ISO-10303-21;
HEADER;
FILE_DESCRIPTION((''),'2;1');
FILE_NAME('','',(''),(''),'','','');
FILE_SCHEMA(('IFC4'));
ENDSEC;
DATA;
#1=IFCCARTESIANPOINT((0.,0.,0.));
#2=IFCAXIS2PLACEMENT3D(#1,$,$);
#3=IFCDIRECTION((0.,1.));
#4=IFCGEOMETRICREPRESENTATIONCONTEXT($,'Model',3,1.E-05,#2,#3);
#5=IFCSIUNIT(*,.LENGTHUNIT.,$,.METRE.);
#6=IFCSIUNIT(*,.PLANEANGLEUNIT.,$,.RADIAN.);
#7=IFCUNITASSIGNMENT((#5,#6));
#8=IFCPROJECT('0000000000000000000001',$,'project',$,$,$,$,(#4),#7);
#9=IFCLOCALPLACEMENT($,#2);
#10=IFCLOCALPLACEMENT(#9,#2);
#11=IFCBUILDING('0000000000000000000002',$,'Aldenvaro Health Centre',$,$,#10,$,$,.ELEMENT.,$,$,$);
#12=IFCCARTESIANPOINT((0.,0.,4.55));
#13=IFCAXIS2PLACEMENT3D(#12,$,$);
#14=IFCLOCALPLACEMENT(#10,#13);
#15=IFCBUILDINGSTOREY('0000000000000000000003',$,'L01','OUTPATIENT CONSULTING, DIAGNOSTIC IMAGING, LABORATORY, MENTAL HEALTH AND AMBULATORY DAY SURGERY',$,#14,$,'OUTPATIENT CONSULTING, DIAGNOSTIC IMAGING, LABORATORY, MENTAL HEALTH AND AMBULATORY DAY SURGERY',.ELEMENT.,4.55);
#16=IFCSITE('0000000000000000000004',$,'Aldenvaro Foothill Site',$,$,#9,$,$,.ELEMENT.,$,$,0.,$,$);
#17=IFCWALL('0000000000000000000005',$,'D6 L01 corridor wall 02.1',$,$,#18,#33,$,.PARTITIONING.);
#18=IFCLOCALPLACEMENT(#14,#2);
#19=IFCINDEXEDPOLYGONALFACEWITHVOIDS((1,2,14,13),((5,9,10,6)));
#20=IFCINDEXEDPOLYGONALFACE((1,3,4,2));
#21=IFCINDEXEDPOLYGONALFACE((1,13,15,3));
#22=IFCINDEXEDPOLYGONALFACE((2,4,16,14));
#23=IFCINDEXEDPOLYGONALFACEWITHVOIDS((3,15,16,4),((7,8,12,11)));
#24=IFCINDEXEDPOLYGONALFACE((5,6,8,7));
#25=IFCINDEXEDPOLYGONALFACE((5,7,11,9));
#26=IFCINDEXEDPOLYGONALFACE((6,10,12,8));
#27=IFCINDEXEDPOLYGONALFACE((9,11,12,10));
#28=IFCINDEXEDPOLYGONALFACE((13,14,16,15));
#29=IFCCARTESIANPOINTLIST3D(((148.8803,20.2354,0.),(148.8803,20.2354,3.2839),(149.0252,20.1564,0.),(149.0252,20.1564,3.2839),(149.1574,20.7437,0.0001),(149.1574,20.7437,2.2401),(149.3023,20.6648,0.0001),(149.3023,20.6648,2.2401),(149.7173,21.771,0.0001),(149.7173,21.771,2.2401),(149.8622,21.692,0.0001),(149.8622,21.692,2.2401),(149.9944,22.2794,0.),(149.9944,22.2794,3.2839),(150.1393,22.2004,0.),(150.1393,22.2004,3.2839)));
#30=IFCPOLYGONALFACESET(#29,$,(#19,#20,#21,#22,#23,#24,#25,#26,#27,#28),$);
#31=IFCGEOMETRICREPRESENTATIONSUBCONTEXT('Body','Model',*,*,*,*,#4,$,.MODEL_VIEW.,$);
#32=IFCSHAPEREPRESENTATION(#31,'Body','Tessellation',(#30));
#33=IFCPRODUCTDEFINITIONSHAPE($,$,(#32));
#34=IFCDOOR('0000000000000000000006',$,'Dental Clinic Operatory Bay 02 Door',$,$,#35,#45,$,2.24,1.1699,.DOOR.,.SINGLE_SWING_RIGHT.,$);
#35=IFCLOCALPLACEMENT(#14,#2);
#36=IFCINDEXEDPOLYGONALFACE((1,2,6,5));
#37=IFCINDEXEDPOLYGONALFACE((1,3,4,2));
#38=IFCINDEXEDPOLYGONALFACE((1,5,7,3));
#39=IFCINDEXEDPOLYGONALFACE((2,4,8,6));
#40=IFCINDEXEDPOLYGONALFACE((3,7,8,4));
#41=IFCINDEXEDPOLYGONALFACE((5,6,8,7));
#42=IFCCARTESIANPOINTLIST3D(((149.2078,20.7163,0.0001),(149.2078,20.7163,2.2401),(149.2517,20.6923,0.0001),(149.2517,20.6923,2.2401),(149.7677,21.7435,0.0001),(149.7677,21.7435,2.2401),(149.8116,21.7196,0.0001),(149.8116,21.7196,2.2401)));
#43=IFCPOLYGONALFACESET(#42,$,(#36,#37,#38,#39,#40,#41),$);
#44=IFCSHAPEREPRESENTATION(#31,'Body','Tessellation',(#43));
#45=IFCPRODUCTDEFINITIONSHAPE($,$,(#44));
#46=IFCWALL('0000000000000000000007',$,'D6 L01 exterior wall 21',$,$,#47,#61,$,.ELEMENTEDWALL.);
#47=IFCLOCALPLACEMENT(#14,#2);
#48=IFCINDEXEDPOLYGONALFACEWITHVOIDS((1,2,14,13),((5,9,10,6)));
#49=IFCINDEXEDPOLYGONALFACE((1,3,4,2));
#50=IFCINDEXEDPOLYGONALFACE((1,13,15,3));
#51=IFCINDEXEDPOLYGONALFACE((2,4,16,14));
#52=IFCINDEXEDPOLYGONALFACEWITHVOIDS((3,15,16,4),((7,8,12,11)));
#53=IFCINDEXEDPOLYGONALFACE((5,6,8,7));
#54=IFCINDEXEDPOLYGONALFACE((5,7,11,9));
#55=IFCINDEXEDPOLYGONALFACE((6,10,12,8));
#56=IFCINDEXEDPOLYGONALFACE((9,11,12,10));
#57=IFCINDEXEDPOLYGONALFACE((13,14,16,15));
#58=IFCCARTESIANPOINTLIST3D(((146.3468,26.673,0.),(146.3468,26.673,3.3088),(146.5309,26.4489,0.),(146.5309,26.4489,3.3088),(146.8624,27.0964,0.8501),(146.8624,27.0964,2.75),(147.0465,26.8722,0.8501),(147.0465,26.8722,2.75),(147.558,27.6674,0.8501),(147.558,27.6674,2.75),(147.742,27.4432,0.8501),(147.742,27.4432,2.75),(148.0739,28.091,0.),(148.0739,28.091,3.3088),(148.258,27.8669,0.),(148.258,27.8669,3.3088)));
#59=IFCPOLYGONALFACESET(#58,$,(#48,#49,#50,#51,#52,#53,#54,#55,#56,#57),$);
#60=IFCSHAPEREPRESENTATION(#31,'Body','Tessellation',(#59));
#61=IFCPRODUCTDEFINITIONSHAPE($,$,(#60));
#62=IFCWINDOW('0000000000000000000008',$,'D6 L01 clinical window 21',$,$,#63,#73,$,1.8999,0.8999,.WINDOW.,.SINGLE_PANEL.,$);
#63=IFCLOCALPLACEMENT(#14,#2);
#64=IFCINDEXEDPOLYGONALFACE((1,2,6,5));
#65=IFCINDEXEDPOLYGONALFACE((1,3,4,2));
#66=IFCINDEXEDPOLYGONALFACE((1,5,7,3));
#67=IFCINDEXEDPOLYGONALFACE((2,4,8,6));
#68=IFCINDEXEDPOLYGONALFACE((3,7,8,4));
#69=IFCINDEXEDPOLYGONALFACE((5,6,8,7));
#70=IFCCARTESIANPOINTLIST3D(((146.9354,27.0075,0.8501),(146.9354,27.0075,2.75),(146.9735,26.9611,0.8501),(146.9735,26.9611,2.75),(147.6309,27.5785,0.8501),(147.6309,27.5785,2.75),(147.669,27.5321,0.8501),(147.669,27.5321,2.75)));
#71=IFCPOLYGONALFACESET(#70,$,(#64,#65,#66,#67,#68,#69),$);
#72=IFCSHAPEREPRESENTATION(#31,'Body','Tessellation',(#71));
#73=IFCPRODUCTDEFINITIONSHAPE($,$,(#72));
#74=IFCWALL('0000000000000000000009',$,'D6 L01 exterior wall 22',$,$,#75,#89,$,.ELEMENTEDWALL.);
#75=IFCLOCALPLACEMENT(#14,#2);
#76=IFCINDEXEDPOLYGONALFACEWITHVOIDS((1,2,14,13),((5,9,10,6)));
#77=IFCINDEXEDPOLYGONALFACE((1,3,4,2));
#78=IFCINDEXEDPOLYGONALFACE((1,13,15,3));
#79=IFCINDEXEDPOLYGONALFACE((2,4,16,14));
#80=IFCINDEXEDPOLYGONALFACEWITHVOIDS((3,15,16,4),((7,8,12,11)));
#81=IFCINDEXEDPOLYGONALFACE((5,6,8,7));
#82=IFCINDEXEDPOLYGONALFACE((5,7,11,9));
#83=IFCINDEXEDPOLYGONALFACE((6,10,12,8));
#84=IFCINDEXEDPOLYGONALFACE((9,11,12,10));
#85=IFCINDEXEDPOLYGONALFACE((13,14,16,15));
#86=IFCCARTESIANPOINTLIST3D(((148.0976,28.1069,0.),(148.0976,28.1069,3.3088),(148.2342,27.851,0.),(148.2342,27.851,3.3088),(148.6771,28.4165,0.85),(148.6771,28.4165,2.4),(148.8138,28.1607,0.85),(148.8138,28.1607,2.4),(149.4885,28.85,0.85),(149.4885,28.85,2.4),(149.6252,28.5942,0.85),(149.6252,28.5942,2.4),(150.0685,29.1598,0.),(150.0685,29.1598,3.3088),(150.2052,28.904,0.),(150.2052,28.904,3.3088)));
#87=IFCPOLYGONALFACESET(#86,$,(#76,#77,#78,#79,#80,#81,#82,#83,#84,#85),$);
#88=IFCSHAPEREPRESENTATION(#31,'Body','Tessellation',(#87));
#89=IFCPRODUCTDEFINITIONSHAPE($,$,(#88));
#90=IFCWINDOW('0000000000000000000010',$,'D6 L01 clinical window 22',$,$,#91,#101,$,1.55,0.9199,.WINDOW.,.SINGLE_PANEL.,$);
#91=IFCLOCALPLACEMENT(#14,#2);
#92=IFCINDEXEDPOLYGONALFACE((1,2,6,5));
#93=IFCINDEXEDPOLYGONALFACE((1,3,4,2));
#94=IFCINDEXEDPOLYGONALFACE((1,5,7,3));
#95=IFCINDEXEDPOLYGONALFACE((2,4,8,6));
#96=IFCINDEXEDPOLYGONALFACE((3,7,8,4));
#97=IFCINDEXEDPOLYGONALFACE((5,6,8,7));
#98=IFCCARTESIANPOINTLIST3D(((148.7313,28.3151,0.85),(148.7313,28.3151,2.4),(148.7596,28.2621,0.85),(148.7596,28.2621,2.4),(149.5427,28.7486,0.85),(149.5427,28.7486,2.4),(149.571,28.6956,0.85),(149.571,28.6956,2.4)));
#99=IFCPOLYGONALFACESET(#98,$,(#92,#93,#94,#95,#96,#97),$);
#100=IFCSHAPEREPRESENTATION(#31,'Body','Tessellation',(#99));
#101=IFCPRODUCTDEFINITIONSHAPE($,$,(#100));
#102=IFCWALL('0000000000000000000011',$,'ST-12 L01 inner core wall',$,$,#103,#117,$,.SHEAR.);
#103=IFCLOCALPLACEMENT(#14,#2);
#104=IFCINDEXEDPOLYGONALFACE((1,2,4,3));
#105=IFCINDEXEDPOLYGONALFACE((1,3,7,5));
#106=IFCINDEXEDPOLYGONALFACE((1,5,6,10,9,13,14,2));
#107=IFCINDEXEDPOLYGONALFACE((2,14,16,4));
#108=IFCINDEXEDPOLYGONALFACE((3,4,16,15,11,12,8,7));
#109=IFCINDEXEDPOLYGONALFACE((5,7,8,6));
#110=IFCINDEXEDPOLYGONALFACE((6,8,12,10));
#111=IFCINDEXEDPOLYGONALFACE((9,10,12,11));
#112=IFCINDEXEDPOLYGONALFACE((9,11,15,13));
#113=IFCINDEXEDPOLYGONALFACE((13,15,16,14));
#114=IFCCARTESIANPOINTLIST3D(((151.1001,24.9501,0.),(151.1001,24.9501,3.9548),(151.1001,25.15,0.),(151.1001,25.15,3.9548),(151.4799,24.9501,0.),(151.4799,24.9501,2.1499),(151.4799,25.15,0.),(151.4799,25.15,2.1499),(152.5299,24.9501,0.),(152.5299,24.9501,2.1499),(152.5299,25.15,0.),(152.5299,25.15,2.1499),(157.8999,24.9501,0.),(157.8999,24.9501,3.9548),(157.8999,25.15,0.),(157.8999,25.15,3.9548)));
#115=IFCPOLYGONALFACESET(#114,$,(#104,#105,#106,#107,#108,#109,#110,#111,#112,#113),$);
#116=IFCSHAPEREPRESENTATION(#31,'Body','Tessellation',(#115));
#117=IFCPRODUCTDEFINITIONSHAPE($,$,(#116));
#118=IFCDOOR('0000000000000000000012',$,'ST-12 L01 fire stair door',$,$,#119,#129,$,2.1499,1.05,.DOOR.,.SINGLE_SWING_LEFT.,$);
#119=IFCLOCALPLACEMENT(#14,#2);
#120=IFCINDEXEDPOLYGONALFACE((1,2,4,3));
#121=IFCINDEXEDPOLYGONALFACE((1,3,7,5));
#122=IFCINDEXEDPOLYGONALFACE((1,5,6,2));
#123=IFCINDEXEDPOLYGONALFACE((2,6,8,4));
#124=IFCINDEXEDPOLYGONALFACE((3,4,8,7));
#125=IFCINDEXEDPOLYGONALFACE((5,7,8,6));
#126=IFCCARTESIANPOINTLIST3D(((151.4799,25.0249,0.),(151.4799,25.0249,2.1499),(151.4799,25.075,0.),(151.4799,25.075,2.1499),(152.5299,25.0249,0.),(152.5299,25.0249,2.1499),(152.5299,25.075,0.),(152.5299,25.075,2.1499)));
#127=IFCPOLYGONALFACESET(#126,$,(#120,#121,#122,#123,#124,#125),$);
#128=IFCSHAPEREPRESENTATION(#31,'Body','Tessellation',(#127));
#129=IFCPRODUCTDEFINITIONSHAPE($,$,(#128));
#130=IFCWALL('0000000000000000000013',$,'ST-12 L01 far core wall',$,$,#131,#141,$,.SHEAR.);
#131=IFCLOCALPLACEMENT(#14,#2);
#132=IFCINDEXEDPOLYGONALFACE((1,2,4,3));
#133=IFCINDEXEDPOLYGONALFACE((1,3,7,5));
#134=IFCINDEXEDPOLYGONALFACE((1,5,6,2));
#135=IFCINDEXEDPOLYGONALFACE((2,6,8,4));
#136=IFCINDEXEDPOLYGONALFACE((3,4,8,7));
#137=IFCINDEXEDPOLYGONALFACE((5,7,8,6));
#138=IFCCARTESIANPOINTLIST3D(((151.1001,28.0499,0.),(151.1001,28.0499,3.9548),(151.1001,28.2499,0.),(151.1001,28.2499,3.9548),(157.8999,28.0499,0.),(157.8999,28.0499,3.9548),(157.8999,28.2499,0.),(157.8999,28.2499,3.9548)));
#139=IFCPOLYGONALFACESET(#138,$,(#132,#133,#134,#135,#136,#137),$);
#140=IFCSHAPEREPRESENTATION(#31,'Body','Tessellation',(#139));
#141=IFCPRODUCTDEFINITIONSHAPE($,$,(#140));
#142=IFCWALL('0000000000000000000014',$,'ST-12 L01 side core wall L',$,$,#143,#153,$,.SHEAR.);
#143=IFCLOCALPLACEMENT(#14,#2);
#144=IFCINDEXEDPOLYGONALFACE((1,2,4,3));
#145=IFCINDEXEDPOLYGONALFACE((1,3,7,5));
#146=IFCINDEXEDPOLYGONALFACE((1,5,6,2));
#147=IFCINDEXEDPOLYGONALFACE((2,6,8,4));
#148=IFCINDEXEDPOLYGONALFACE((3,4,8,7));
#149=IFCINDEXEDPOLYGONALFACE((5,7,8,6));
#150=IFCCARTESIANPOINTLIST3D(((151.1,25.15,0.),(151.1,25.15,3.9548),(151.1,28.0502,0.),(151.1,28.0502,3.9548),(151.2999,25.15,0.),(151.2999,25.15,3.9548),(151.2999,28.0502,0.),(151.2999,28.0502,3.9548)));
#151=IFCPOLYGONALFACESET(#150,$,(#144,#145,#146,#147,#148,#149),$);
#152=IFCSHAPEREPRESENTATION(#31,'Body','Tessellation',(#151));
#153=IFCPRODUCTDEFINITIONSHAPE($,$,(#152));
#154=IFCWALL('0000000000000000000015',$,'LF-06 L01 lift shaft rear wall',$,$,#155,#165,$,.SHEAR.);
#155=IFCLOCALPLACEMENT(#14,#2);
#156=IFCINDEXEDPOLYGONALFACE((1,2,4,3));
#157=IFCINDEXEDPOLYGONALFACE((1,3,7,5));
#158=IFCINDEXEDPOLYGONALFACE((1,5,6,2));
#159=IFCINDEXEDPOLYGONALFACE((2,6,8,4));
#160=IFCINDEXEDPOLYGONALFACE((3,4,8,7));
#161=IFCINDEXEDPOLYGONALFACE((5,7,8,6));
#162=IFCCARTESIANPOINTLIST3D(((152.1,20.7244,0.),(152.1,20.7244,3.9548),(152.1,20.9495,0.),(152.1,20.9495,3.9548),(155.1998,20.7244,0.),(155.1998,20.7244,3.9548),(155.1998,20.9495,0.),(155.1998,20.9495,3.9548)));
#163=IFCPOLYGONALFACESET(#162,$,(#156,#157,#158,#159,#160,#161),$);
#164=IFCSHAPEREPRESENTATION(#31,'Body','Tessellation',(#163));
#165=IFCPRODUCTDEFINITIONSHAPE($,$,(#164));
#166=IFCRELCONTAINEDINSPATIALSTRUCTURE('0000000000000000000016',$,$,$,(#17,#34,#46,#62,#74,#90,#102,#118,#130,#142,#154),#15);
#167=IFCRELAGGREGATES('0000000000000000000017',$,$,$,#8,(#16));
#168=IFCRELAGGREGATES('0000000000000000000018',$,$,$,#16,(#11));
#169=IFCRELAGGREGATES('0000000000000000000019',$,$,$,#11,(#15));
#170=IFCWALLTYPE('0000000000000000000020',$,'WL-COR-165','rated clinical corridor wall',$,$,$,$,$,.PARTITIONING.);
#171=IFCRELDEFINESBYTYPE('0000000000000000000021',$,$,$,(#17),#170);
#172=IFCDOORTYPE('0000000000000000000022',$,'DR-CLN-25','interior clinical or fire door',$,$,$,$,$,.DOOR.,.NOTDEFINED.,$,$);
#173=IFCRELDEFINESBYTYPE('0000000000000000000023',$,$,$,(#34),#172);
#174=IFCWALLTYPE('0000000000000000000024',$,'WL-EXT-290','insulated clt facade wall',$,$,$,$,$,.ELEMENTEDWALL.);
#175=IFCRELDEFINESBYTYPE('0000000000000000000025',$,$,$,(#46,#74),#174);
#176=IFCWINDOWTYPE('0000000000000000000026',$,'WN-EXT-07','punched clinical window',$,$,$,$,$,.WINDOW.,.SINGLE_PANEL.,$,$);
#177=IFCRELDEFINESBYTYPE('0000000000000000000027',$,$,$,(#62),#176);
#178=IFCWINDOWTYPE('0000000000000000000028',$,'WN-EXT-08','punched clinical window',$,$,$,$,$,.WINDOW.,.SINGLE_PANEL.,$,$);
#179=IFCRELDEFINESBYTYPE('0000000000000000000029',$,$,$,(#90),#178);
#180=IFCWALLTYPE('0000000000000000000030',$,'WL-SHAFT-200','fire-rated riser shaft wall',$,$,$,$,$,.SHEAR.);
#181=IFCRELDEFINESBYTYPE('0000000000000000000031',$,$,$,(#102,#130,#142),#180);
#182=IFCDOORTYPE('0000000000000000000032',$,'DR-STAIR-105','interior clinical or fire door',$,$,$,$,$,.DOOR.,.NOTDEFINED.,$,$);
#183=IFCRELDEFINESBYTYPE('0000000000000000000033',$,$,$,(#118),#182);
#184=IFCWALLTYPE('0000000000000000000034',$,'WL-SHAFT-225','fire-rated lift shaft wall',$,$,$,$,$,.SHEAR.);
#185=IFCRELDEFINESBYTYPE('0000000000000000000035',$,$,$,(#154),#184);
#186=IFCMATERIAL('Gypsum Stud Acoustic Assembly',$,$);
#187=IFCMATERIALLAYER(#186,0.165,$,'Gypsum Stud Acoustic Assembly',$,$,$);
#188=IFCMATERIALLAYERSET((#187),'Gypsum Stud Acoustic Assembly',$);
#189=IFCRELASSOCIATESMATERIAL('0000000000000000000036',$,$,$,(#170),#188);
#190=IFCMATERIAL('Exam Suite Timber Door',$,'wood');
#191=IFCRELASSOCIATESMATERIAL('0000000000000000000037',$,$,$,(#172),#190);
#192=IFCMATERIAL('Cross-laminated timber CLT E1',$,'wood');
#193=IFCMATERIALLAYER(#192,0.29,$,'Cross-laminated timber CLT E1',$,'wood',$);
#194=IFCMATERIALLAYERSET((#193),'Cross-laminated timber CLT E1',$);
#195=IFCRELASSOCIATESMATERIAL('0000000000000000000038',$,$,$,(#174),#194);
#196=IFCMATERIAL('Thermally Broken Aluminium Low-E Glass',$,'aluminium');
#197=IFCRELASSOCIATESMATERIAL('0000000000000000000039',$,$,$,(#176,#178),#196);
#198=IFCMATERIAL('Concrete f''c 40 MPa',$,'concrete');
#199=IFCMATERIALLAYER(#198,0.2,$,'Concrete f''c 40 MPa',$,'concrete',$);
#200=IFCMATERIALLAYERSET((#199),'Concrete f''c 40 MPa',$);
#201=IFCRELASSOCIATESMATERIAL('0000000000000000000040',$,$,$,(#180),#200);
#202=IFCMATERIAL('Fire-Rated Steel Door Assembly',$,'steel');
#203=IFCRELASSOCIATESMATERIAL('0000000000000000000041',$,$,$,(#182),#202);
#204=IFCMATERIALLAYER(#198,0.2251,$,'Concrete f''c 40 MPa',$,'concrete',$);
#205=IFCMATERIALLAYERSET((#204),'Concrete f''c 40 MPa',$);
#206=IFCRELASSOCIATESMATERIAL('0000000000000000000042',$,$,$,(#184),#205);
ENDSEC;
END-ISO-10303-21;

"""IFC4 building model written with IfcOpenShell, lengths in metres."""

from ifc_helpers import new_model, si_unit, direction, frame, frame_2d, origin, place, context, subcontext, project, spatial, rectangle, extrude, material, layer, layer_set, type_object, element, fill, save


model = new_model("IFC4")

# Units and contexts
model_context = context("Model", 3, precision=1e-05, world=origin(), true_north=direction((0.0, 1.0)))
body_context = subcontext(model_context, "Body", "Model", "MODEL_VIEW")
ifc_project = project(units=[si_unit("LENGTHUNIT", "METRE"), si_unit("PLANEANGLEUNIT", "RADIAN")], contexts=[model_context])

# Site, building, storey
site_placement = place(None, origin())
site = spatial("IfcSite", under=ifc_project, at=site_placement, Name="Aldenvaro Foothill Site", CompositionType="ELEMENT", RefElevation=0.0)
building_placement = place(site_placement, origin())
building = spatial("IfcBuilding", under=site, at=building_placement, Name="Aldenvaro Health Centre", CompositionType="ELEMENT")
storey_placement = place(building_placement, frame((0.0, 0.0, 4.55)))
storey = spatial("IfcBuildingStorey", under=building, at=storey_placement, Name="L01", Description="OUTPATIENT CONSULTING, DIAGNOSTIC IMAGING, LABORATORY, MENTAL HEALTH AND AMBULATORY DAY SURGERY", LongName="OUTPATIENT CONSULTING, DIAGNOSTIC IMAGING, LABORATORY, MENTAL HEALTH AND AMBULATORY DAY SURGERY", CompositionType="ELEMENT", Elevation=4.55)

# Shared definitions
ifc_material_1 = material(Name="Gypsum Stud Acoustic Assembly")

# Wall, opening, door
ifc_layer_1 = layer(ifc_material_1, 0.165, Name="Gypsum Stud Acoustic Assembly")
ifc_layer_set_1 = layer_set([ifc_layer_1], Name="Gypsum Stud Acoustic Assembly")
wall_type_1 = type_object("IfcWallType", Name="WL-COR-165", Description="rated clinical corridor wall", PredefinedType="PARTITIONING", material=ifc_layer_set_1)
wall_1_placement = place(storey_placement, frame((150.0669, 22.24, 0.0), z_axis=(0.0, 0.0, 1.0), x_axis=(-0.478566, -0.878052, 0.0)))
wall_1 = element("IfcWall", 1, at=wall_1_placement, inside=storey, type_object=wall_type_1, Name="D6 L01 corridor wall 02.1", PredefinedType="PARTITIONING", context=body_context, shape_type="SweptSolid", body=[
    extrude(rectangle(XDim=2.3279, YDim=0.165, at=frame_2d((1.1641, 0.0))), origin(), (0.0, 0.0, 1.0), 3.2839),
])
opening_1_placement = place(wall_1_placement, frame((0.5791, 0.0, 0.0)))
opening_1 = element("IfcOpeningElement", 2, at=opening_1_placement, cuts=wall_1, PredefinedType="OPENING", context=body_context, shape_type="SweptSolid", body=[
    extrude(rectangle(XDim=1.1699, YDim=2.24, at=frame_2d((0.585, 1.1201))), frame((0.0, 0.0925, 0.0), z_axis=(0.0, -1.0, 0.0), x_axis=(1.0, 0.0, 0.0)), (0.0, 0.0, 1.0), 0.1851),
])
ifc_material_2 = material(Name="Exam Suite Timber Door", Category="wood")
door_type_1 = type_object("IfcDoorType", Name="DR-CLN-25", Description="interior clinical or fire door", OperationType="NOTDEFINED", PredefinedType="DOOR", material=ifc_material_2)
door_1_placement = place(opening_1_placement, origin())
door_1 = element("IfcDoor", 3, at=door_1_placement, inside=storey, type_object=door_type_1, Name="Dental Clinic Operatory Bay 02 Door", OperationType="SINGLE_SWING_RIGHT", OverallHeight=2.24, OverallWidth=1.1699, PredefinedType="DOOR", context=body_context, shape_type="SweptSolid", body=[
    extrude(rectangle(XDim=1.1699, YDim=2.24, at=frame_2d((0.585, 1.1201))), frame((0.0, 0.0249, 0.0), z_axis=(0.0, -1.0, 0.0), x_axis=(1.0, 0.0, 0.0)), (0.0, 0.0, 1.0), 0.05),
])
fill(opening_1, door_1)

# Walls, openings, windows
ifc_material_3 = material(Name="Cross-laminated timber CLT E1", Category="wood")
ifc_layer_2 = layer(ifc_material_3, 0.29, Name="Cross-laminated timber CLT E1", Category="wood")
ifc_layer_set_2 = layer_set([ifc_layer_2], Name="Cross-laminated timber CLT E1")
wall_type_2 = type_object("IfcWallType", Name="WL-EXT-290", Description="insulated clt facade wall", PredefinedType="ELEMENTEDWALL", material=ifc_layer_set_2)
wall_2_placement = place(storey_placement, frame((146.439, 26.561, 0.0), z_axis=(0.0, 0.0, 1.0), x_axis=(0.772876, 0.634558, 0.0)))
wall_2 = element("IfcWall", 4, at=wall_2_placement, inside=storey, type_object=wall_type_2, Name="D6 L01 exterior wall 21", PredefinedType="ELEMENTEDWALL", context=body_context, shape_type="SweptSolid", body=[
    extrude(rectangle(XDim=2.2346, YDim=0.29, at=frame_2d((1.1172, 0.0))), origin(), (0.0, 0.0, 1.0), 3.3088),
])
opening_2_placement = place(wall_2_placement, frame((0.667, 0.0, 0.8501)))
opening_2 = element("IfcOpeningElement", 5, at=opening_2_placement, cuts=wall_2, PredefinedType="OPENING", context=body_context, shape_type="SweptSolid", body=[
    extrude(rectangle(XDim=0.8999, YDim=1.8999, at=frame_2d((0.45, 0.95))), frame((0.0, 0.155, 0.0), z_axis=(0.0, -1.0, 0.0), x_axis=(1.0, 0.0, 0.0)), (0.0, 0.0, 1.0), 0.3101),
])
ifc_material_4 = material(Name="Thermally Broken Aluminium Low-E Glass", Category="aluminium")
window_type_1 = type_object("IfcWindowType", Name="WN-EXT-07", Description="punched clinical window", PartitioningType="SINGLE_PANEL", PredefinedType="WINDOW", material=ifc_material_4)
window_1_placement = place(opening_2_placement, origin())
window_1 = element("IfcWindow", 6, at=window_1_placement, inside=storey, type_object=window_type_1, Name="D6 L01 clinical window 21", OverallHeight=1.8999, OverallWidth=0.8999, PartitioningType="SINGLE_PANEL", PredefinedType="WINDOW", context=body_context, shape_type="SweptSolid", body=[
    extrude(rectangle(XDim=0.8999, YDim=1.8999, at=frame_2d((0.45, 0.95))), frame((0.0, 0.03, 0.0), z_axis=(0.0, -1.0, 0.0), x_axis=(1.0, 0.0, 0.0)), (0.0, 0.0, 1.0), 0.0601),
])
fill(opening_2, window_1)
wall_3_placement = place(storey_placement, frame((148.166, 27.979, 0.0), z_axis=(0.0, 0.0, 1.0), x_axis=(0.882017, 0.471218, 0.0)))
wall_3 = element("IfcWall", 7, at=wall_3_placement, inside=storey, type_object=wall_type_2, Name="D6 L01 exterior wall 22", PredefinedType="ELEMENTEDWALL", context=body_context, shape_type="SweptSolid", body=[
    extrude(rectangle(XDim=2.2346, YDim=0.29, at=frame_2d((1.1172, 0.0))), origin(), (0.0, 0.0, 1.0), 3.3088),
])
opening_3_placement = place(wall_3_placement, frame((0.657, 0.0, 0.8501)))
opening_3 = element("IfcOpeningElement", 8, at=opening_3_placement, cuts=wall_3, PredefinedType="OPENING", context=body_context, shape_type="SweptSolid", body=[
    extrude(rectangle(XDim=0.9199, YDim=1.55, at=frame_2d((0.46, 0.7749))), frame((0.0, 0.155, 0.0), z_axis=(0.0, -1.0, 0.0), x_axis=(1.0, 0.0, 0.0)), (0.0, 0.0, 1.0), 0.3101),
])
window_type_2 = type_object("IfcWindowType", Name="WN-EXT-08", Description="punched clinical window", PartitioningType="SINGLE_PANEL", PredefinedType="WINDOW", material=ifc_material_4)
window_2_placement = place(opening_3_placement, origin())
window_2 = element("IfcWindow", 9, at=window_2_placement, inside=storey, type_object=window_type_2, Name="D6 L01 clinical window 22", OverallHeight=1.55, OverallWidth=0.9199, PartitioningType="SINGLE_PANEL", PredefinedType="WINDOW", context=body_context, shape_type="SweptSolid", body=[
    extrude(rectangle(XDim=0.9199, YDim=1.55, at=frame_2d((0.46, 0.7749))), frame((0.0, 0.03, 0.0), z_axis=(0.0, -1.0, 0.0), x_axis=(1.0, 0.0, 0.0)), (0.0, 0.0, 1.0), 0.0601),
])
fill(opening_3, window_2)

# Wall, opening, door
ifc_material_5 = material(Name="Concrete f'c 40 MPa", Category="concrete")
ifc_layer_3 = layer(ifc_material_5, 0.2, Name="Concrete f'c 40 MPa", Category="concrete")
ifc_layer_set_3 = layer_set([ifc_layer_3], Name="Concrete f'c 40 MPa")
wall_type_3 = type_object("IfcWallType", Name="WL-SHAFT-200", Description="fire-rated riser shaft wall", PredefinedType="SHEAR", material=ifc_layer_set_3)
wall_4_placement = place(storey_placement, frame((151.1001, 25.05, 0.0), z_axis=(0.0, 0.0, 1.0), x_axis=(1.0, 0.0, 0.0)))
wall_4 = element("IfcWall", 10, at=wall_4_placement, inside=storey, type_object=wall_type_3, Name="ST-12 L01 inner core wall", PredefinedType="SHEAR", context=body_context, shape_type="SweptSolid", body=[
    extrude(rectangle(XDim=6.7998, YDim=0.2, at=frame_2d((3.3999, 0.0))), origin(), (0.0, 0.0, 1.0), 3.9548),
])
opening_4_placement = place(wall_4_placement, frame((0.3799, 0.0, 0.0)))
opening_4 = element("IfcOpeningElement", 11, at=opening_4_placement, cuts=wall_4, PredefinedType="OPENING", context=body_context, shape_type="SweptSolid", body=[
    extrude(rectangle(XDim=1.05, YDim=2.1499, at=frame_2d((0.5249, 1.075))), frame((0.0, 0.1099, 0.0), z_axis=(0.0, -1.0, 0.0), x_axis=(1.0, 0.0, 0.0)), (0.0, 0.0, 1.0), 0.22),
])
ifc_material_6 = material(Name="Fire-Rated Steel Door Assembly", Category="steel")
door_type_2 = type_object("IfcDoorType", Name="DR-STAIR-105", Description="interior clinical or fire door", OperationType="NOTDEFINED", PredefinedType="DOOR", material=ifc_material_6)
door_2_placement = place(opening_4_placement, origin())
door_2 = element("IfcDoor", 12, at=door_2_placement, inside=storey, type_object=door_type_2, Name="ST-12 L01 fire stair door", OperationType="SINGLE_SWING_LEFT", OverallHeight=2.1499, OverallWidth=1.05, PredefinedType="DOOR", context=body_context, shape_type="SweptSolid", body=[
    extrude(rectangle(XDim=1.05, YDim=2.1499, at=frame_2d((0.5249, 1.075))), frame((0.0, 0.0249, 0.0), z_axis=(0.0, -1.0, 0.0), x_axis=(1.0, 0.0, 0.0)), (0.0, 0.0, 1.0), 0.05),
])
fill(opening_4, door_2)

# Walls
wall_5_placement = place(storey_placement, frame((151.1001, 28.1499, 0.0), z_axis=(0.0, 0.0, 1.0), x_axis=(1.0, 0.0, 0.0)))
element("IfcWall", 13, at=wall_5_placement, inside=storey, type_object=wall_type_3, Name="ST-12 L01 far core wall", PredefinedType="SHEAR", context=body_context, shape_type="SweptSolid", body=[
    extrude(rectangle(XDim=6.7998, YDim=0.2, at=frame_2d((3.3999, 0.0))), origin(), (0.0, 0.0, 1.0), 3.9548),
])
wall_6_placement = place(storey_placement, frame((151.2, 25.1499, 0.0), z_axis=(0.0, 0.0, 1.0), x_axis=(0.0, 1.0, 0.0)))
element("IfcWall", 14, at=wall_6_placement, inside=storey, type_object=wall_type_3, Name="ST-12 L01 side core wall L", PredefinedType="SHEAR", context=body_context, shape_type="SweptSolid", body=[
    extrude(rectangle(XDim=2.9001, YDim=0.2, at=frame_2d((1.4502, 0.0))), origin(), (0.0, 0.0, 1.0), 3.9548),
])
ifc_layer_4 = layer(ifc_material_5, 0.2251, Name="Concrete f'c 40 MPa", Category="concrete")
ifc_layer_set_4 = layer_set([ifc_layer_4], Name="Concrete f'c 40 MPa")
wall_type_4 = type_object("IfcWallType", Name="WL-SHAFT-225", Description="fire-rated lift shaft wall", PredefinedType="SHEAR", material=ifc_layer_set_4)
wall_7_placement = place(storey_placement, frame((152.1001, 20.8369, 0.0), z_axis=(0.0, 0.0, 1.0), x_axis=(1.0, 0.0, 0.0)))
element("IfcWall", 15, at=wall_7_placement, inside=storey, type_object=wall_type_4, Name="LF-06 L01 lift shaft rear wall", PredefinedType="SHEAR", context=body_context, shape_type="SweptSolid", body=[
    extrude(rectangle(XDim=3.0999, YDim=0.2251, at=frame_2d((1.5498, 0.0))), origin(), (0.0, 0.0, 1.0), 3.9548),
])

save(model, "model.ifc")
